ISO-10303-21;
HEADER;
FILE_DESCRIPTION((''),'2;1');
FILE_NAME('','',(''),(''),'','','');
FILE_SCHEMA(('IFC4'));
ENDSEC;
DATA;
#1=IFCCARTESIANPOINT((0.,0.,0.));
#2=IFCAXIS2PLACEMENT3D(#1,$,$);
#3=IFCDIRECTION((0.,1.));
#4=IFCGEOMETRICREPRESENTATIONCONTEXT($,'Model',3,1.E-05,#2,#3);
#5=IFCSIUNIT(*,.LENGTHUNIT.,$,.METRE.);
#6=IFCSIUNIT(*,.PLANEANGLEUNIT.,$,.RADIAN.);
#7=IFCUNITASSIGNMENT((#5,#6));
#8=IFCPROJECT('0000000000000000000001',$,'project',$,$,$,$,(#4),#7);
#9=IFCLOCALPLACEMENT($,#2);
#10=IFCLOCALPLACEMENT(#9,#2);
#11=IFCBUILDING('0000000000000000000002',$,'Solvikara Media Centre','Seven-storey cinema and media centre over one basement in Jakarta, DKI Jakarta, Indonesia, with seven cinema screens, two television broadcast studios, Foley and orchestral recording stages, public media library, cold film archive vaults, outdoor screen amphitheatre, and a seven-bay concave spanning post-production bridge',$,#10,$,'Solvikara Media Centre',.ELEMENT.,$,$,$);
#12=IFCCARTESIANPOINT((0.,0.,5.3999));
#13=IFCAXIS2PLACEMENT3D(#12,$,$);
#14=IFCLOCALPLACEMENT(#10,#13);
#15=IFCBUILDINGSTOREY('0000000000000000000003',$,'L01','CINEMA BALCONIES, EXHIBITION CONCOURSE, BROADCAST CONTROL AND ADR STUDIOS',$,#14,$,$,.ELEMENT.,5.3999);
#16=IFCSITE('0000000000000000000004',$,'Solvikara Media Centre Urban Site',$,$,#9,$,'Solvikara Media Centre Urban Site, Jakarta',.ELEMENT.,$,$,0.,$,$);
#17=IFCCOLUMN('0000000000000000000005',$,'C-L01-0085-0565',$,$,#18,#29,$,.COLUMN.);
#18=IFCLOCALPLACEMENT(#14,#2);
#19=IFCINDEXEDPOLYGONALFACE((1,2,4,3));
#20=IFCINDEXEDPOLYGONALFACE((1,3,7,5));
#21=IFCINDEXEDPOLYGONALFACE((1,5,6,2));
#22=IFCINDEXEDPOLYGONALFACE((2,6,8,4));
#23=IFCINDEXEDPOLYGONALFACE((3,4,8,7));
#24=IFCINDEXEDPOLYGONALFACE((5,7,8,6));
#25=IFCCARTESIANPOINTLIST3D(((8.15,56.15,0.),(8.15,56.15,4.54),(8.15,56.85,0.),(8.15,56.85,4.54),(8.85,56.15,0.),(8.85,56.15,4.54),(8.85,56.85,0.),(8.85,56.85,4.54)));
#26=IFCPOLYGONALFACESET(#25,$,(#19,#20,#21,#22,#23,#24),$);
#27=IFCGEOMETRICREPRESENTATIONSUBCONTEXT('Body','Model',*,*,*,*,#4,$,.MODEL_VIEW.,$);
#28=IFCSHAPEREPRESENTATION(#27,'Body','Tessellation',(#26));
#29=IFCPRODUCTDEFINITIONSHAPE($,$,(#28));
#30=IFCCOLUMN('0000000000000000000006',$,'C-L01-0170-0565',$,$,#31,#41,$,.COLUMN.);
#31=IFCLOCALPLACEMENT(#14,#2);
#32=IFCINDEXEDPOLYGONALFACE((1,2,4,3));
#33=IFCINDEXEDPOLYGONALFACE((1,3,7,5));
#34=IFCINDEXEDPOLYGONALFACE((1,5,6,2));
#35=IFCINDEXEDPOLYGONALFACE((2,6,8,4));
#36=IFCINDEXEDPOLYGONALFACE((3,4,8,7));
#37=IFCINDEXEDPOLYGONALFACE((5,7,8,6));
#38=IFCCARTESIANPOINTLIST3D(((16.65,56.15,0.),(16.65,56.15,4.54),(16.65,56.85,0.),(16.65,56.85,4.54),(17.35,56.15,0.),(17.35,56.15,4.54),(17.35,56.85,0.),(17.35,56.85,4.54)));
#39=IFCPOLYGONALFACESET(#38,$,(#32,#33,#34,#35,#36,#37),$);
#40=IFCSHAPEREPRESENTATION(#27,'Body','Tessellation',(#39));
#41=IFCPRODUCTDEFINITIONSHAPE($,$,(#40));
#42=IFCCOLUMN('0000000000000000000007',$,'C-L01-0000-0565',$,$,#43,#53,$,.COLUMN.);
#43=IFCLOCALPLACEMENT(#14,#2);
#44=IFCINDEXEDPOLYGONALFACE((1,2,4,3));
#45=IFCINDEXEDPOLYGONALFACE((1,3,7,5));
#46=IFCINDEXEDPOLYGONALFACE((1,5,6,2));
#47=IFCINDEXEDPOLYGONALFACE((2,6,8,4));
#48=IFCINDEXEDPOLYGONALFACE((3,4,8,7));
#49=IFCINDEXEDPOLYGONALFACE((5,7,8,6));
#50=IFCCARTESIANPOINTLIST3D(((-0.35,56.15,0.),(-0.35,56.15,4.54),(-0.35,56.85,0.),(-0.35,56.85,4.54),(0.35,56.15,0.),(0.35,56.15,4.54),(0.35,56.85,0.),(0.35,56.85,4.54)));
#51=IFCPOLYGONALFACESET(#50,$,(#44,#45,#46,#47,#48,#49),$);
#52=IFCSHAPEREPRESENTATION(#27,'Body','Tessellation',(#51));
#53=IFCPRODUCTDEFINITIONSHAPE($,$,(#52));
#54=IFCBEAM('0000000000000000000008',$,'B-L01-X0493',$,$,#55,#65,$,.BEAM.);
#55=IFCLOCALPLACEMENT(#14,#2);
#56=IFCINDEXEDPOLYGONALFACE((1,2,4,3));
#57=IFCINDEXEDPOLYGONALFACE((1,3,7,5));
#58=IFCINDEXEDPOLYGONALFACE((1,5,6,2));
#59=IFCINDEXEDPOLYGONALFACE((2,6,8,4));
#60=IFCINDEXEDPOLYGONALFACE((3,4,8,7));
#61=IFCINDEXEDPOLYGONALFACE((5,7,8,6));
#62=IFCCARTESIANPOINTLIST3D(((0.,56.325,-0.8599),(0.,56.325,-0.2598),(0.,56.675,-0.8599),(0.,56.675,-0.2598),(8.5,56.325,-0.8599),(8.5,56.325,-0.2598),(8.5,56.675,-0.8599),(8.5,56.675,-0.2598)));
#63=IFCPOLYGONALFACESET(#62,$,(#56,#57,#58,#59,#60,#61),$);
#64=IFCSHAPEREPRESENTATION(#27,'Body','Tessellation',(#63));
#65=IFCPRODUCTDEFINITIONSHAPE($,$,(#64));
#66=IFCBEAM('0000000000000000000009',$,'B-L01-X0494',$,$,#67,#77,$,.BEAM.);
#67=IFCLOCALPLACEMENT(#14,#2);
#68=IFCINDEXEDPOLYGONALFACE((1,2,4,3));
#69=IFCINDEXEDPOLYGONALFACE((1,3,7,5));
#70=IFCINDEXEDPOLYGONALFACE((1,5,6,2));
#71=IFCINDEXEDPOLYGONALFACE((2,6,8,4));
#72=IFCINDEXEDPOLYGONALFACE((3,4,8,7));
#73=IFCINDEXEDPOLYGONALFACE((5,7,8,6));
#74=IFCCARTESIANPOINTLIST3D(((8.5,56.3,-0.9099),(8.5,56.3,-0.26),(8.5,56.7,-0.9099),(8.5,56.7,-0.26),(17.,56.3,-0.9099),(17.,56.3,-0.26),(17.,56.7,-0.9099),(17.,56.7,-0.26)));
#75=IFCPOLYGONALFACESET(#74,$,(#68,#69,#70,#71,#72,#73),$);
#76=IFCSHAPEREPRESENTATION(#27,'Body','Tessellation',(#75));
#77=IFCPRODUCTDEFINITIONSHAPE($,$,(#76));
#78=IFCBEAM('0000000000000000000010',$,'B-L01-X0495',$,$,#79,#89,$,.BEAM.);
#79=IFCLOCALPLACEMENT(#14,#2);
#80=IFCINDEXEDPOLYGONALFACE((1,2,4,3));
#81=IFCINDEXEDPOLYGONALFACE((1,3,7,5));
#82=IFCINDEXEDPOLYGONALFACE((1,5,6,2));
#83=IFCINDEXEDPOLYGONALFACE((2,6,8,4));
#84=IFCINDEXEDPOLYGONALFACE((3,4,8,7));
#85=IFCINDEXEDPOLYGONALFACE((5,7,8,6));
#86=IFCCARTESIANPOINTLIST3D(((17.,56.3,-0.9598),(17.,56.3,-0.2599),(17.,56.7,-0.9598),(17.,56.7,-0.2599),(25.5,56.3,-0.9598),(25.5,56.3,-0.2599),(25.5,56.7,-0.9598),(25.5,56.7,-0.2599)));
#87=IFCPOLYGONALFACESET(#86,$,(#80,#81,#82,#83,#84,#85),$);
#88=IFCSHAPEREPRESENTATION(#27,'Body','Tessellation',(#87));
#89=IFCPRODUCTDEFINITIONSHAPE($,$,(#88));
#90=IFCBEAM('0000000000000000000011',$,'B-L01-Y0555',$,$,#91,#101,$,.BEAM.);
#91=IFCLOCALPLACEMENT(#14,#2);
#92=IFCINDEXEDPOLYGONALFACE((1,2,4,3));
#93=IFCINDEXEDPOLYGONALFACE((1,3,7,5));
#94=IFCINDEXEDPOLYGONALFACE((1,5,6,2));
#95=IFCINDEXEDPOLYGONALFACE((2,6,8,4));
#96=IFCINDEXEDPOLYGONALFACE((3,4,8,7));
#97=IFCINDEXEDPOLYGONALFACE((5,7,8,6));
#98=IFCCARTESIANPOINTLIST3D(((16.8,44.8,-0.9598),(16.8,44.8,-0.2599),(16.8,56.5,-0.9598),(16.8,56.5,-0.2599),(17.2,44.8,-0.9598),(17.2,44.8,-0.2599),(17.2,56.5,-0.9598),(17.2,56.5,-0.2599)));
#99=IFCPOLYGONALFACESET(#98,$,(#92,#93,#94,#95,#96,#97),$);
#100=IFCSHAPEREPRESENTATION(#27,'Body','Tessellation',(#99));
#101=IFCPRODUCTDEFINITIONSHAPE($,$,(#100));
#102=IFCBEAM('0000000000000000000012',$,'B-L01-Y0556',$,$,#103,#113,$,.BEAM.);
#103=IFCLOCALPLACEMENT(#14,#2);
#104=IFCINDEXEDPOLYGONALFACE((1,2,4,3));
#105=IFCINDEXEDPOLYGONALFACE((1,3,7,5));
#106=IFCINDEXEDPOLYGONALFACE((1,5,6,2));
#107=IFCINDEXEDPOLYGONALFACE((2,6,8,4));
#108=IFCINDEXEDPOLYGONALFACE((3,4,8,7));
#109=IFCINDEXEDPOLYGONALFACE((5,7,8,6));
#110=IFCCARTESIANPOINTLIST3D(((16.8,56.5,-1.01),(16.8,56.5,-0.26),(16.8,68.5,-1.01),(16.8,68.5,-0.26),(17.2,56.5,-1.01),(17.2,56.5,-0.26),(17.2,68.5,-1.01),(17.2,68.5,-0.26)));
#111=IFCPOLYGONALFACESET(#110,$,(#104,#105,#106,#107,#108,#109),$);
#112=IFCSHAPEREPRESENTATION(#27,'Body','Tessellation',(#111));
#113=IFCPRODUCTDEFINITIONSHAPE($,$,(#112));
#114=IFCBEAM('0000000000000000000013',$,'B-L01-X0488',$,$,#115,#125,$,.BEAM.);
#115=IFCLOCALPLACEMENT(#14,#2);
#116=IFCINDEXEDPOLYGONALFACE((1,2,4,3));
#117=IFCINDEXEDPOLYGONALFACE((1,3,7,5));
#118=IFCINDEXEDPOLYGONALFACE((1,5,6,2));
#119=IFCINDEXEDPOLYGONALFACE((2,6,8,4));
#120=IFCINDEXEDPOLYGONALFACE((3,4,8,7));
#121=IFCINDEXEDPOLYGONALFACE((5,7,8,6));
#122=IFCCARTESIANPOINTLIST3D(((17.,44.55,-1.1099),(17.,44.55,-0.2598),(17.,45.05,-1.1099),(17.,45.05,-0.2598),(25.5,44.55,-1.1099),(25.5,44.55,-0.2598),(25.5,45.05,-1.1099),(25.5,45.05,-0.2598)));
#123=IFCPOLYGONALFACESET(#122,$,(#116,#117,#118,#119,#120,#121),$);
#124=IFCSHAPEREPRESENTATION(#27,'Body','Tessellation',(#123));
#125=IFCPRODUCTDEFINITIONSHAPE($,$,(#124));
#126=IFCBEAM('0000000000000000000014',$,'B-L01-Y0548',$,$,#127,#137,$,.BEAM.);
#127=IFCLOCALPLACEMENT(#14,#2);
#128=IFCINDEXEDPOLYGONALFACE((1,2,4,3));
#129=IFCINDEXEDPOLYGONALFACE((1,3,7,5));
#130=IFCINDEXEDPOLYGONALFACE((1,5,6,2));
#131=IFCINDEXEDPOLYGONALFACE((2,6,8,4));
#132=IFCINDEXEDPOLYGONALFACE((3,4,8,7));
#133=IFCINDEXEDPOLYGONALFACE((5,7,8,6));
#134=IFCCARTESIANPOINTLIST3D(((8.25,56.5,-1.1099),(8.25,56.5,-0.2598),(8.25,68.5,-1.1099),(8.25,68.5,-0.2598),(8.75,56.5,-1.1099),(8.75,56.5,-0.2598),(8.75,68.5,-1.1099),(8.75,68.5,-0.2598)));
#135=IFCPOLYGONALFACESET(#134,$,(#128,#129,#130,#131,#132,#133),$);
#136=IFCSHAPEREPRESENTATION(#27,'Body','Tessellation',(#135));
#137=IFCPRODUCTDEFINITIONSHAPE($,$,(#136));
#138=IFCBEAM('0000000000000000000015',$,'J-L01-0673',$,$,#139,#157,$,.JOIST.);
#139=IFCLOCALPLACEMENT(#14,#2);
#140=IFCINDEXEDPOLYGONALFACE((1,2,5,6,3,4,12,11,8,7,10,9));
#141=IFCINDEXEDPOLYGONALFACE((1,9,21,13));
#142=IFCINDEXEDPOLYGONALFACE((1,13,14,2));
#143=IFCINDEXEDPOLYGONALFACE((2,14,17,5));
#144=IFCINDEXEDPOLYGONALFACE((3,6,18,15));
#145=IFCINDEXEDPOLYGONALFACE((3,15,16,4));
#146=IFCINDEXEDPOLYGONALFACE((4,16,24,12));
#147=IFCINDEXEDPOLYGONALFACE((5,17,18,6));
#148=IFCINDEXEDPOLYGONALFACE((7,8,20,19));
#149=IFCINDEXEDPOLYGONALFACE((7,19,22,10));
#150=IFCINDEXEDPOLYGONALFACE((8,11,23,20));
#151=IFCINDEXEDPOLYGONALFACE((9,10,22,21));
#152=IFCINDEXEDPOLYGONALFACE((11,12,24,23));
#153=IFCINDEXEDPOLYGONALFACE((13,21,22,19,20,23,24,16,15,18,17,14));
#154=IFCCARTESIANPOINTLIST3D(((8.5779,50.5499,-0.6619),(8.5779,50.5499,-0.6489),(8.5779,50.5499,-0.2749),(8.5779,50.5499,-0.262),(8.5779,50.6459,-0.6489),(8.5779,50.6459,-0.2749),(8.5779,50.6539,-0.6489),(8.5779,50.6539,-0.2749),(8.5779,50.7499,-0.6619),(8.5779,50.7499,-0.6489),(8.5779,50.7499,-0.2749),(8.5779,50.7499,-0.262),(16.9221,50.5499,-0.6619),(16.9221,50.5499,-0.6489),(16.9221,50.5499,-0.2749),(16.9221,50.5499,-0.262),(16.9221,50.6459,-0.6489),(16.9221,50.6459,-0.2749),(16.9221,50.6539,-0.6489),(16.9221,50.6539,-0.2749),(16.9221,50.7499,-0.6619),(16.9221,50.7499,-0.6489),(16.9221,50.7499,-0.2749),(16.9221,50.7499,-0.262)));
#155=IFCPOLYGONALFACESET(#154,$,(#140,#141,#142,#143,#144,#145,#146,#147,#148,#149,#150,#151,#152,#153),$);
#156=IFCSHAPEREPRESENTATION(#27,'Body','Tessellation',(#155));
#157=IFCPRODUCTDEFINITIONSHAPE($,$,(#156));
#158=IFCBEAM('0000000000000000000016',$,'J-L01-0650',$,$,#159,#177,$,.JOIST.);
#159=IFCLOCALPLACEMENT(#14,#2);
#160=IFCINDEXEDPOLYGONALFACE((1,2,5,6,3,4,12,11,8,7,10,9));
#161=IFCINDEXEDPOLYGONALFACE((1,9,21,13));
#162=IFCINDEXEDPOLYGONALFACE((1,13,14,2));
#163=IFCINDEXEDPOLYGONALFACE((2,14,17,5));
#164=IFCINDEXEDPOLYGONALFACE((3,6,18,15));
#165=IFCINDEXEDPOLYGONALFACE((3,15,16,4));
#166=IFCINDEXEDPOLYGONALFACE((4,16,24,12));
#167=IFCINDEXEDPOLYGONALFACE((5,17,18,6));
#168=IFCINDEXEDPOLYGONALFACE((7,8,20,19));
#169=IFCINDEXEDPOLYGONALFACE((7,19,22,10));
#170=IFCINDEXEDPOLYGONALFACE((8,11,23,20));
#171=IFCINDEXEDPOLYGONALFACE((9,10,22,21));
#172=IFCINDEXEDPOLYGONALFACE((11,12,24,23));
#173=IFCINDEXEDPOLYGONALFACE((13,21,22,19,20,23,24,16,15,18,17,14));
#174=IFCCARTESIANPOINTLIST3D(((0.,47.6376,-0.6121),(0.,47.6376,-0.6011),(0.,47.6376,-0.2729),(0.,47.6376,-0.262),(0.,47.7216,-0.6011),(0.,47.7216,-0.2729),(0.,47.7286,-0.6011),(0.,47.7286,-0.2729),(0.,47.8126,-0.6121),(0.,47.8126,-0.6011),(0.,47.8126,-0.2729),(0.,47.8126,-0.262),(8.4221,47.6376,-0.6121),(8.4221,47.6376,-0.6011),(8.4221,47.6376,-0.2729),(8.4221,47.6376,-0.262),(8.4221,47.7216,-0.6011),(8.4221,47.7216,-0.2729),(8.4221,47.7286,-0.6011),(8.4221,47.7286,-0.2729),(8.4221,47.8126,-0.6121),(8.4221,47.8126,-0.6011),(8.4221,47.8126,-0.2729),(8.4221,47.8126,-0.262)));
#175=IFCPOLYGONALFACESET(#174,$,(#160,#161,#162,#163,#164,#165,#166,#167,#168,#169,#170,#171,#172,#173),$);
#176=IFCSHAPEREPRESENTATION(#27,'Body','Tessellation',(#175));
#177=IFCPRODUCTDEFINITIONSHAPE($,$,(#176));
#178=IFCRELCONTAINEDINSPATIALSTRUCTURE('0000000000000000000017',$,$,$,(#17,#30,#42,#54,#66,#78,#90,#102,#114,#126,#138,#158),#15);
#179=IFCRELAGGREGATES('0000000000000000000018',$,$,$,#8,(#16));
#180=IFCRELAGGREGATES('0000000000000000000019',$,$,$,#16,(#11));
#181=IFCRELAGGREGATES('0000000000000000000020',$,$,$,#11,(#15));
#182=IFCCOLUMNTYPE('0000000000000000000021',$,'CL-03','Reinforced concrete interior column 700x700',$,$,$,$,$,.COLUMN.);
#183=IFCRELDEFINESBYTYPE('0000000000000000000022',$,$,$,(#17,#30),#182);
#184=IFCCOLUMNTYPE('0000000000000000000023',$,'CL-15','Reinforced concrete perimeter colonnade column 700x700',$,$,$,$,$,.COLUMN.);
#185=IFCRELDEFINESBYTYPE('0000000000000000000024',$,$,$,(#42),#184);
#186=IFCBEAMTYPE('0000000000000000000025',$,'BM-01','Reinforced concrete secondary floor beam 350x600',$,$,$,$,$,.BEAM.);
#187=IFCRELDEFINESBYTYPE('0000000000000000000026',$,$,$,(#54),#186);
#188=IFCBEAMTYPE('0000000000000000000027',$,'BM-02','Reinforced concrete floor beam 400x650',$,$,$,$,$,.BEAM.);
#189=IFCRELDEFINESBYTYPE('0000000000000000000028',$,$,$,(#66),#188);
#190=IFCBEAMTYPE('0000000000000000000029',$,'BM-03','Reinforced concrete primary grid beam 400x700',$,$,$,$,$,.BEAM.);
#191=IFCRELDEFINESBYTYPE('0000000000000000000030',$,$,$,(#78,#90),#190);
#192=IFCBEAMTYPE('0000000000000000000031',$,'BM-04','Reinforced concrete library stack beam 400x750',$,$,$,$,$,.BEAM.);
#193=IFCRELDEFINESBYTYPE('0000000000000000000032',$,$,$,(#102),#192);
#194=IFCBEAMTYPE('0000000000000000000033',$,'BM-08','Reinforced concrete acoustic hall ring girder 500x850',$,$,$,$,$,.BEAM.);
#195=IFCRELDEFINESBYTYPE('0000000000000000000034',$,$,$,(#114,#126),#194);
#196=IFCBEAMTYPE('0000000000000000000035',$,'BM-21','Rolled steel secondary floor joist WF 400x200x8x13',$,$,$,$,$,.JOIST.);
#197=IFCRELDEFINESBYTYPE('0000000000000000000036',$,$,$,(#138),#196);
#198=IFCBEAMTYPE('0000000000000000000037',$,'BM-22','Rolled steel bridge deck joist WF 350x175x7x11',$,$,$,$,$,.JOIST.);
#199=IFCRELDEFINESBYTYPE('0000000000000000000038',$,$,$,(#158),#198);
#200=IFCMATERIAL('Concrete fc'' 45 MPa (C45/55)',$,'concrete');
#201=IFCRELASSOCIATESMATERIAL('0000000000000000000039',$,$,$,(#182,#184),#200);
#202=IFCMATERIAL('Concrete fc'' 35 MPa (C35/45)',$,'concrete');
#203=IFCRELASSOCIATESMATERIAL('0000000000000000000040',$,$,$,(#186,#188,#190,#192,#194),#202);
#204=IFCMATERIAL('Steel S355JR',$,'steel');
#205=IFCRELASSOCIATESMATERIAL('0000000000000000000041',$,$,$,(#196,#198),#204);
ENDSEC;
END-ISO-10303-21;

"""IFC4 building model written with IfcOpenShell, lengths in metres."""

from ifc_helpers import new_model, si_unit, direction, frame, origin, origin_2d, place, context, subcontext, project, spatial, rectangle, i_section, extrude, material, material_profile, profile_set, type_object, element, save


model = new_model("IFC4")

# Units and contexts
model_context = context("Model", 3, precision=1e-05, world=origin(), true_north=direction((0.0, 1.0)))
body_context = subcontext(model_context, "Body", "Model", "MODEL_VIEW")
ifc_project = project(units=[si_unit("LENGTHUNIT", "METRE"), si_unit("PLANEANGLEUNIT", "RADIAN")], contexts=[model_context])

# Site, building, storey
site_placement = place(None, origin())
site = spatial("IfcSite", under=ifc_project, at=site_placement, Name="Solvikara Media Centre Urban Site", LongName="Solvikara Media Centre Urban Site, Jakarta", CompositionType="ELEMENT", RefElevation=0.0)
building_placement = place(site_placement, origin())
building = spatial("IfcBuilding", under=site, at=building_placement, Name="Solvikara Media Centre", Description="Seven-storey cinema and media centre over one basement in Jakarta, DKI Jakarta, Indonesia, with seven cinema screens, two television broadcast studios, Foley and orchestral recording stages, public media library, cold film archive vaults, outdoor screen amphitheatre, and a seven-bay concave spanning post-production bridge", LongName="Solvikara Media Centre", CompositionType="ELEMENT")
storey_placement = place(building_placement, frame((0.0, 0.0, 5.3999)))
storey = spatial("IfcBuildingStorey", under=building, at=storey_placement, Name="L01", Description="CINEMA BALCONIES, EXHIBITION CONCOURSE, BROADCAST CONTROL AND ADR STUDIOS", CompositionType="ELEMENT", Elevation=5.3999)

# Columns
ifc_material_1 = material(Name="Concrete fc' 45 MPa (C45/55)", Category="concrete")
ifc_material_profile_1 = material_profile(ifc_material_1, rectangle(XDim=0.7, YDim=0.7, at=origin_2d()), Name="RC 700x700")
ifc_profile_set_1 = profile_set([ifc_material_profile_1], Name="Concrete fc' 45 MPa (C45/55)")
column_type_1 = type_object("IfcColumnType", Name="CL-03", Description="Reinforced concrete interior column 700x700", PredefinedType="COLUMN", material=ifc_profile_set_1)
for number, where, z_axis, x_axis, name in (
    (1, (8.5, 56.5, 0.0), (0.0, 0.0, 1.0), (1.0, 0.0, 0.0), "C-L01-0085-0565"),
    (2, (17.0, 56.5, 0.0), (0.0, 0.0, 1.0), (1.0, 0.0, 0.0), "C-L01-0170-0565"),
):
    element("IfcColumn", number, at=place(storey_placement, frame(where, z_axis=z_axis, x_axis=x_axis)), inside=storey, type_object=column_type_1, Name=name, PredefinedType="COLUMN", context=body_context, shape_type="SweptSolid", body=[
        extrude(rectangle(XDim=0.7, YDim=0.7, at=origin_2d()), origin(), (0.0, 0.0, 1.0), 4.54),
    ])
ifc_material_profile_2 = material_profile(ifc_material_1, rectangle(XDim=0.7, YDim=0.7, at=origin_2d()), Name="RC 700x700")
ifc_profile_set_2 = profile_set([ifc_material_profile_2], Name="Concrete fc' 45 MPa (C45/55)")
column_type_2 = type_object("IfcColumnType", Name="CL-15", Description="Reinforced concrete perimeter colonnade column 700x700", PredefinedType="COLUMN", material=ifc_profile_set_2)
column_placement = place(storey_placement, frame((0.0, 56.5, 0.0), z_axis=(0.0, 0.0, 1.0), x_axis=(1.0, 0.0, 0.0)))
element("IfcColumn", 3, at=column_placement, inside=storey, type_object=column_type_2, Name="C-L01-0000-0565", PredefinedType="COLUMN", context=body_context, shape_type="SweptSolid", body=[
    extrude(rectangle(XDim=0.7, YDim=0.7, at=origin_2d()), origin(), (0.0, 0.0, 1.0), 4.54),
])

# Beams
ifc_material_2 = material(Name="Concrete fc' 35 MPa (C35/45)", Category="concrete")
ifc_material_profile_3 = material_profile(ifc_material_2, rectangle(XDim=0.3501, YDim=0.6001, at=origin_2d()), Name="RC 350x600")
ifc_profile_set_3 = profile_set([ifc_material_profile_3], Name="Concrete fc' 35 MPa (C35/45)")
beam_type_1 = type_object("IfcBeamType", Name="BM-01", Description="Reinforced concrete secondary floor beam 350x600", PredefinedType="BEAM", material=ifc_profile_set_3)
beam_1_placement = place(storey_placement, frame((0.0, 56.5, -0.5598), z_axis=(1.0, 0.0, 0.0), x_axis=(0.0, 1.0, 0.0)))
element("IfcBeam", 4, at=beam_1_placement, inside=storey, type_object=beam_type_1, Name="B-L01-X0493", PredefinedType="BEAM", context=body_context, shape_type="SweptSolid", body=[
    extrude(rectangle(XDim=0.3501, YDim=0.6001, at=origin_2d()), origin(), (0.0, 0.0, 1.0), 8.5),
])
ifc_material_profile_4 = material_profile(ifc_material_2, rectangle(XDim=0.3999, YDim=0.6499, at=origin_2d()), Name="RC 400x650")
ifc_profile_set_4 = profile_set([ifc_material_profile_4], Name="Concrete fc' 35 MPa (C35/45)")
beam_type_2 = type_object("IfcBeamType", Name="BM-02", Description="Reinforced concrete floor beam 400x650", PredefinedType="BEAM", material=ifc_profile_set_4)
beam_2_placement = place(storey_placement, frame((8.5, 56.5, -0.585), z_axis=(1.0, 0.0, 0.0), x_axis=(0.0, 1.0, 0.0)))
element("IfcBeam", 5, at=beam_2_placement, inside=storey, type_object=beam_type_2, Name="B-L01-X0494", PredefinedType="BEAM", context=body_context, shape_type="SweptSolid", body=[
    extrude(rectangle(XDim=0.3999, YDim=0.6499, at=origin_2d()), origin(), (0.0, 0.0, 1.0), 8.5),
])
ifc_material_profile_5 = material_profile(ifc_material_2, rectangle(XDim=0.3999, YDim=0.7, at=origin_2d()), Name="RC 400x700")
ifc_profile_set_5 = profile_set([ifc_material_profile_5], Name="Concrete fc' 35 MPa (C35/45)")
beam_type_3 = type_object("IfcBeamType", Name="BM-03", Description="Reinforced concrete primary grid beam 400x700", PredefinedType="BEAM", material=ifc_profile_set_5)
beam_3_placement = place(storey_placement, frame((17.0, 56.5, -0.6099), z_axis=(1.0, 0.0, 0.0), x_axis=(0.0, 1.0, 0.0)))
element("IfcBeam", 6, at=beam_3_placement, inside=storey, type_object=beam_type_3, Name="B-L01-X0495", PredefinedType="BEAM", context=body_context, shape_type="SweptSolid", body=[
    extrude(rectangle(XDim=0.3999, YDim=0.7, at=origin_2d()), origin(), (0.0, 0.0, 1.0), 8.5),
])
beam_4_placement = place(storey_placement, frame((17.0, 44.8, -0.6099), z_axis=(0.0, 1.0, 0.0), x_axis=(-1.0, 0.0, 0.0)))
element("IfcBeam", 7, at=beam_4_placement, inside=storey, type_object=beam_type_3, Name="B-L01-Y0555", PredefinedType="BEAM", context=body_context, shape_type="SweptSolid", body=[
    extrude(rectangle(XDim=0.3999, YDim=0.7, at=origin_2d()), origin(), (0.0, 0.0, 1.0), 11.7),
])
ifc_material_profile_6 = material_profile(ifc_material_2, rectangle(XDim=0.3999, YDim=0.75, at=origin_2d()), Name="RC 400x750")
ifc_profile_set_6 = profile_set([ifc_material_profile_6], Name="Concrete fc' 35 MPa (C35/45)")
beam_type_4 = type_object("IfcBeamType", Name="BM-04", Description="Reinforced concrete library stack beam 400x750", PredefinedType="BEAM", material=ifc_profile_set_6)
beam_5_placement = place(storey_placement, frame((17.0, 56.5, -0.635), z_axis=(0.0, 1.0, 0.0), x_axis=(-1.0, 0.0, 0.0)))
element("IfcBeam", 8, at=beam_5_placement, inside=storey, type_object=beam_type_4, Name="B-L01-Y0556", PredefinedType="BEAM", context=body_context, shape_type="SweptSolid", body=[
    extrude(rectangle(XDim=0.3999, YDim=0.75, at=origin_2d()), origin(), (0.0, 0.0, 1.0), 12.0),
])
ifc_material_profile_7 = material_profile(ifc_material_2, rectangle(XDim=0.5, YDim=0.8501, at=origin_2d()), Name="RC 500x850")
ifc_profile_set_7 = profile_set([ifc_material_profile_7], Name="Concrete fc' 35 MPa (C35/45)")
beam_type_5 = type_object("IfcBeamType", Name="BM-08", Description="Reinforced concrete acoustic hall ring girder 500x850", PredefinedType="BEAM", material=ifc_profile_set_7)
beam_6_placement = place(storey_placement, frame((17.0, 44.8, -0.6848), z_axis=(1.0, 0.0, 0.0), x_axis=(0.0, 1.0, 0.0)))
element("IfcBeam", 9, at=beam_6_placement, inside=storey, type_object=beam_type_5, Name="B-L01-X0488", PredefinedType="BEAM", context=body_context, shape_type="SweptSolid", body=[
    extrude(rectangle(XDim=0.5, YDim=0.8501, at=origin_2d()), origin(), (0.0, 0.0, 1.0), 8.5),
])
beam_7_placement = place(storey_placement, frame((8.5, 56.5, -0.6848), z_axis=(0.0, 1.0, 0.0), x_axis=(-1.0, 0.0, 0.0)))
element("IfcBeam", 10, at=beam_7_placement, inside=storey, type_object=beam_type_5, Name="B-L01-Y0548", PredefinedType="BEAM", context=body_context, shape_type="SweptSolid", body=[
    extrude(rectangle(XDim=0.5, YDim=0.8501, at=origin_2d()), origin(), (0.0, 0.0, 1.0), 12.0),
])
ifc_material_3 = material(Name="Steel S355JR", Category="steel")
ifc_material_profile_8 = material_profile(ifc_material_3, i_section(OverallWidth=0.2, OverallDepth=0.3999, WebThickness=0.0081, FlangeThickness=0.0129, at=origin_2d()), Name="WF 400x200x8x13")
ifc_profile_set_8 = profile_set([ifc_material_profile_8], Name="Steel S355JR")
beam_type_6 = type_object("IfcBeamType", Name="BM-21", Description="Rolled steel secondary floor joist WF 400x200x8x13", PredefinedType="JOIST", material=ifc_profile_set_8)
beam_8_placement = place(storey_placement, frame((8.5779, 50.6499, -0.4619), z_axis=(1.0, 0.0, 0.0), x_axis=(0.0, 1.0, 0.0)))
element("IfcBeam", 11, at=beam_8_placement, inside=storey, type_object=beam_type_6, Name="J-L01-0673", PredefinedType="JOIST", context=body_context, shape_type="SweptSolid", body=[
    extrude(i_section(OverallWidth=0.2, OverallDepth=0.3999, WebThickness=0.0081, FlangeThickness=0.0129, at=origin_2d()), origin(), (0.0, 0.0, 1.0), 8.3442),
])
ifc_material_profile_9 = material_profile(ifc_material_3, i_section(OverallWidth=0.175, OverallDepth=0.3501, WebThickness=0.0071, FlangeThickness=0.011, at=origin_2d()), Name="WF 350x175x7x11")
ifc_profile_set_9 = profile_set([ifc_material_profile_9], Name="Steel S355JR")
beam_type_7 = type_object("IfcBeamType", Name="BM-22", Description="Rolled steel bridge deck joist WF 350x175x7x11", PredefinedType="JOIST", material=ifc_profile_set_9)
beam_9_placement = place(storey_placement, frame((0.0, 47.7251, -0.437), z_axis=(1.0, 0.0, 0.0), x_axis=(0.0, 1.0, 0.0)))
element("IfcBeam", 12, at=beam_9_placement, inside=storey, type_object=beam_type_7, Name="J-L01-0650", PredefinedType="JOIST", context=body_context, shape_type="SweptSolid", body=[
    extrude(i_section(OverallWidth=0.175, OverallDepth=0.3501, WebThickness=0.0071, FlangeThickness=0.011, at=origin_2d()), origin(), (0.0, 0.0, 1.0), 8.4221),
])

save(model, "model.ifc")
